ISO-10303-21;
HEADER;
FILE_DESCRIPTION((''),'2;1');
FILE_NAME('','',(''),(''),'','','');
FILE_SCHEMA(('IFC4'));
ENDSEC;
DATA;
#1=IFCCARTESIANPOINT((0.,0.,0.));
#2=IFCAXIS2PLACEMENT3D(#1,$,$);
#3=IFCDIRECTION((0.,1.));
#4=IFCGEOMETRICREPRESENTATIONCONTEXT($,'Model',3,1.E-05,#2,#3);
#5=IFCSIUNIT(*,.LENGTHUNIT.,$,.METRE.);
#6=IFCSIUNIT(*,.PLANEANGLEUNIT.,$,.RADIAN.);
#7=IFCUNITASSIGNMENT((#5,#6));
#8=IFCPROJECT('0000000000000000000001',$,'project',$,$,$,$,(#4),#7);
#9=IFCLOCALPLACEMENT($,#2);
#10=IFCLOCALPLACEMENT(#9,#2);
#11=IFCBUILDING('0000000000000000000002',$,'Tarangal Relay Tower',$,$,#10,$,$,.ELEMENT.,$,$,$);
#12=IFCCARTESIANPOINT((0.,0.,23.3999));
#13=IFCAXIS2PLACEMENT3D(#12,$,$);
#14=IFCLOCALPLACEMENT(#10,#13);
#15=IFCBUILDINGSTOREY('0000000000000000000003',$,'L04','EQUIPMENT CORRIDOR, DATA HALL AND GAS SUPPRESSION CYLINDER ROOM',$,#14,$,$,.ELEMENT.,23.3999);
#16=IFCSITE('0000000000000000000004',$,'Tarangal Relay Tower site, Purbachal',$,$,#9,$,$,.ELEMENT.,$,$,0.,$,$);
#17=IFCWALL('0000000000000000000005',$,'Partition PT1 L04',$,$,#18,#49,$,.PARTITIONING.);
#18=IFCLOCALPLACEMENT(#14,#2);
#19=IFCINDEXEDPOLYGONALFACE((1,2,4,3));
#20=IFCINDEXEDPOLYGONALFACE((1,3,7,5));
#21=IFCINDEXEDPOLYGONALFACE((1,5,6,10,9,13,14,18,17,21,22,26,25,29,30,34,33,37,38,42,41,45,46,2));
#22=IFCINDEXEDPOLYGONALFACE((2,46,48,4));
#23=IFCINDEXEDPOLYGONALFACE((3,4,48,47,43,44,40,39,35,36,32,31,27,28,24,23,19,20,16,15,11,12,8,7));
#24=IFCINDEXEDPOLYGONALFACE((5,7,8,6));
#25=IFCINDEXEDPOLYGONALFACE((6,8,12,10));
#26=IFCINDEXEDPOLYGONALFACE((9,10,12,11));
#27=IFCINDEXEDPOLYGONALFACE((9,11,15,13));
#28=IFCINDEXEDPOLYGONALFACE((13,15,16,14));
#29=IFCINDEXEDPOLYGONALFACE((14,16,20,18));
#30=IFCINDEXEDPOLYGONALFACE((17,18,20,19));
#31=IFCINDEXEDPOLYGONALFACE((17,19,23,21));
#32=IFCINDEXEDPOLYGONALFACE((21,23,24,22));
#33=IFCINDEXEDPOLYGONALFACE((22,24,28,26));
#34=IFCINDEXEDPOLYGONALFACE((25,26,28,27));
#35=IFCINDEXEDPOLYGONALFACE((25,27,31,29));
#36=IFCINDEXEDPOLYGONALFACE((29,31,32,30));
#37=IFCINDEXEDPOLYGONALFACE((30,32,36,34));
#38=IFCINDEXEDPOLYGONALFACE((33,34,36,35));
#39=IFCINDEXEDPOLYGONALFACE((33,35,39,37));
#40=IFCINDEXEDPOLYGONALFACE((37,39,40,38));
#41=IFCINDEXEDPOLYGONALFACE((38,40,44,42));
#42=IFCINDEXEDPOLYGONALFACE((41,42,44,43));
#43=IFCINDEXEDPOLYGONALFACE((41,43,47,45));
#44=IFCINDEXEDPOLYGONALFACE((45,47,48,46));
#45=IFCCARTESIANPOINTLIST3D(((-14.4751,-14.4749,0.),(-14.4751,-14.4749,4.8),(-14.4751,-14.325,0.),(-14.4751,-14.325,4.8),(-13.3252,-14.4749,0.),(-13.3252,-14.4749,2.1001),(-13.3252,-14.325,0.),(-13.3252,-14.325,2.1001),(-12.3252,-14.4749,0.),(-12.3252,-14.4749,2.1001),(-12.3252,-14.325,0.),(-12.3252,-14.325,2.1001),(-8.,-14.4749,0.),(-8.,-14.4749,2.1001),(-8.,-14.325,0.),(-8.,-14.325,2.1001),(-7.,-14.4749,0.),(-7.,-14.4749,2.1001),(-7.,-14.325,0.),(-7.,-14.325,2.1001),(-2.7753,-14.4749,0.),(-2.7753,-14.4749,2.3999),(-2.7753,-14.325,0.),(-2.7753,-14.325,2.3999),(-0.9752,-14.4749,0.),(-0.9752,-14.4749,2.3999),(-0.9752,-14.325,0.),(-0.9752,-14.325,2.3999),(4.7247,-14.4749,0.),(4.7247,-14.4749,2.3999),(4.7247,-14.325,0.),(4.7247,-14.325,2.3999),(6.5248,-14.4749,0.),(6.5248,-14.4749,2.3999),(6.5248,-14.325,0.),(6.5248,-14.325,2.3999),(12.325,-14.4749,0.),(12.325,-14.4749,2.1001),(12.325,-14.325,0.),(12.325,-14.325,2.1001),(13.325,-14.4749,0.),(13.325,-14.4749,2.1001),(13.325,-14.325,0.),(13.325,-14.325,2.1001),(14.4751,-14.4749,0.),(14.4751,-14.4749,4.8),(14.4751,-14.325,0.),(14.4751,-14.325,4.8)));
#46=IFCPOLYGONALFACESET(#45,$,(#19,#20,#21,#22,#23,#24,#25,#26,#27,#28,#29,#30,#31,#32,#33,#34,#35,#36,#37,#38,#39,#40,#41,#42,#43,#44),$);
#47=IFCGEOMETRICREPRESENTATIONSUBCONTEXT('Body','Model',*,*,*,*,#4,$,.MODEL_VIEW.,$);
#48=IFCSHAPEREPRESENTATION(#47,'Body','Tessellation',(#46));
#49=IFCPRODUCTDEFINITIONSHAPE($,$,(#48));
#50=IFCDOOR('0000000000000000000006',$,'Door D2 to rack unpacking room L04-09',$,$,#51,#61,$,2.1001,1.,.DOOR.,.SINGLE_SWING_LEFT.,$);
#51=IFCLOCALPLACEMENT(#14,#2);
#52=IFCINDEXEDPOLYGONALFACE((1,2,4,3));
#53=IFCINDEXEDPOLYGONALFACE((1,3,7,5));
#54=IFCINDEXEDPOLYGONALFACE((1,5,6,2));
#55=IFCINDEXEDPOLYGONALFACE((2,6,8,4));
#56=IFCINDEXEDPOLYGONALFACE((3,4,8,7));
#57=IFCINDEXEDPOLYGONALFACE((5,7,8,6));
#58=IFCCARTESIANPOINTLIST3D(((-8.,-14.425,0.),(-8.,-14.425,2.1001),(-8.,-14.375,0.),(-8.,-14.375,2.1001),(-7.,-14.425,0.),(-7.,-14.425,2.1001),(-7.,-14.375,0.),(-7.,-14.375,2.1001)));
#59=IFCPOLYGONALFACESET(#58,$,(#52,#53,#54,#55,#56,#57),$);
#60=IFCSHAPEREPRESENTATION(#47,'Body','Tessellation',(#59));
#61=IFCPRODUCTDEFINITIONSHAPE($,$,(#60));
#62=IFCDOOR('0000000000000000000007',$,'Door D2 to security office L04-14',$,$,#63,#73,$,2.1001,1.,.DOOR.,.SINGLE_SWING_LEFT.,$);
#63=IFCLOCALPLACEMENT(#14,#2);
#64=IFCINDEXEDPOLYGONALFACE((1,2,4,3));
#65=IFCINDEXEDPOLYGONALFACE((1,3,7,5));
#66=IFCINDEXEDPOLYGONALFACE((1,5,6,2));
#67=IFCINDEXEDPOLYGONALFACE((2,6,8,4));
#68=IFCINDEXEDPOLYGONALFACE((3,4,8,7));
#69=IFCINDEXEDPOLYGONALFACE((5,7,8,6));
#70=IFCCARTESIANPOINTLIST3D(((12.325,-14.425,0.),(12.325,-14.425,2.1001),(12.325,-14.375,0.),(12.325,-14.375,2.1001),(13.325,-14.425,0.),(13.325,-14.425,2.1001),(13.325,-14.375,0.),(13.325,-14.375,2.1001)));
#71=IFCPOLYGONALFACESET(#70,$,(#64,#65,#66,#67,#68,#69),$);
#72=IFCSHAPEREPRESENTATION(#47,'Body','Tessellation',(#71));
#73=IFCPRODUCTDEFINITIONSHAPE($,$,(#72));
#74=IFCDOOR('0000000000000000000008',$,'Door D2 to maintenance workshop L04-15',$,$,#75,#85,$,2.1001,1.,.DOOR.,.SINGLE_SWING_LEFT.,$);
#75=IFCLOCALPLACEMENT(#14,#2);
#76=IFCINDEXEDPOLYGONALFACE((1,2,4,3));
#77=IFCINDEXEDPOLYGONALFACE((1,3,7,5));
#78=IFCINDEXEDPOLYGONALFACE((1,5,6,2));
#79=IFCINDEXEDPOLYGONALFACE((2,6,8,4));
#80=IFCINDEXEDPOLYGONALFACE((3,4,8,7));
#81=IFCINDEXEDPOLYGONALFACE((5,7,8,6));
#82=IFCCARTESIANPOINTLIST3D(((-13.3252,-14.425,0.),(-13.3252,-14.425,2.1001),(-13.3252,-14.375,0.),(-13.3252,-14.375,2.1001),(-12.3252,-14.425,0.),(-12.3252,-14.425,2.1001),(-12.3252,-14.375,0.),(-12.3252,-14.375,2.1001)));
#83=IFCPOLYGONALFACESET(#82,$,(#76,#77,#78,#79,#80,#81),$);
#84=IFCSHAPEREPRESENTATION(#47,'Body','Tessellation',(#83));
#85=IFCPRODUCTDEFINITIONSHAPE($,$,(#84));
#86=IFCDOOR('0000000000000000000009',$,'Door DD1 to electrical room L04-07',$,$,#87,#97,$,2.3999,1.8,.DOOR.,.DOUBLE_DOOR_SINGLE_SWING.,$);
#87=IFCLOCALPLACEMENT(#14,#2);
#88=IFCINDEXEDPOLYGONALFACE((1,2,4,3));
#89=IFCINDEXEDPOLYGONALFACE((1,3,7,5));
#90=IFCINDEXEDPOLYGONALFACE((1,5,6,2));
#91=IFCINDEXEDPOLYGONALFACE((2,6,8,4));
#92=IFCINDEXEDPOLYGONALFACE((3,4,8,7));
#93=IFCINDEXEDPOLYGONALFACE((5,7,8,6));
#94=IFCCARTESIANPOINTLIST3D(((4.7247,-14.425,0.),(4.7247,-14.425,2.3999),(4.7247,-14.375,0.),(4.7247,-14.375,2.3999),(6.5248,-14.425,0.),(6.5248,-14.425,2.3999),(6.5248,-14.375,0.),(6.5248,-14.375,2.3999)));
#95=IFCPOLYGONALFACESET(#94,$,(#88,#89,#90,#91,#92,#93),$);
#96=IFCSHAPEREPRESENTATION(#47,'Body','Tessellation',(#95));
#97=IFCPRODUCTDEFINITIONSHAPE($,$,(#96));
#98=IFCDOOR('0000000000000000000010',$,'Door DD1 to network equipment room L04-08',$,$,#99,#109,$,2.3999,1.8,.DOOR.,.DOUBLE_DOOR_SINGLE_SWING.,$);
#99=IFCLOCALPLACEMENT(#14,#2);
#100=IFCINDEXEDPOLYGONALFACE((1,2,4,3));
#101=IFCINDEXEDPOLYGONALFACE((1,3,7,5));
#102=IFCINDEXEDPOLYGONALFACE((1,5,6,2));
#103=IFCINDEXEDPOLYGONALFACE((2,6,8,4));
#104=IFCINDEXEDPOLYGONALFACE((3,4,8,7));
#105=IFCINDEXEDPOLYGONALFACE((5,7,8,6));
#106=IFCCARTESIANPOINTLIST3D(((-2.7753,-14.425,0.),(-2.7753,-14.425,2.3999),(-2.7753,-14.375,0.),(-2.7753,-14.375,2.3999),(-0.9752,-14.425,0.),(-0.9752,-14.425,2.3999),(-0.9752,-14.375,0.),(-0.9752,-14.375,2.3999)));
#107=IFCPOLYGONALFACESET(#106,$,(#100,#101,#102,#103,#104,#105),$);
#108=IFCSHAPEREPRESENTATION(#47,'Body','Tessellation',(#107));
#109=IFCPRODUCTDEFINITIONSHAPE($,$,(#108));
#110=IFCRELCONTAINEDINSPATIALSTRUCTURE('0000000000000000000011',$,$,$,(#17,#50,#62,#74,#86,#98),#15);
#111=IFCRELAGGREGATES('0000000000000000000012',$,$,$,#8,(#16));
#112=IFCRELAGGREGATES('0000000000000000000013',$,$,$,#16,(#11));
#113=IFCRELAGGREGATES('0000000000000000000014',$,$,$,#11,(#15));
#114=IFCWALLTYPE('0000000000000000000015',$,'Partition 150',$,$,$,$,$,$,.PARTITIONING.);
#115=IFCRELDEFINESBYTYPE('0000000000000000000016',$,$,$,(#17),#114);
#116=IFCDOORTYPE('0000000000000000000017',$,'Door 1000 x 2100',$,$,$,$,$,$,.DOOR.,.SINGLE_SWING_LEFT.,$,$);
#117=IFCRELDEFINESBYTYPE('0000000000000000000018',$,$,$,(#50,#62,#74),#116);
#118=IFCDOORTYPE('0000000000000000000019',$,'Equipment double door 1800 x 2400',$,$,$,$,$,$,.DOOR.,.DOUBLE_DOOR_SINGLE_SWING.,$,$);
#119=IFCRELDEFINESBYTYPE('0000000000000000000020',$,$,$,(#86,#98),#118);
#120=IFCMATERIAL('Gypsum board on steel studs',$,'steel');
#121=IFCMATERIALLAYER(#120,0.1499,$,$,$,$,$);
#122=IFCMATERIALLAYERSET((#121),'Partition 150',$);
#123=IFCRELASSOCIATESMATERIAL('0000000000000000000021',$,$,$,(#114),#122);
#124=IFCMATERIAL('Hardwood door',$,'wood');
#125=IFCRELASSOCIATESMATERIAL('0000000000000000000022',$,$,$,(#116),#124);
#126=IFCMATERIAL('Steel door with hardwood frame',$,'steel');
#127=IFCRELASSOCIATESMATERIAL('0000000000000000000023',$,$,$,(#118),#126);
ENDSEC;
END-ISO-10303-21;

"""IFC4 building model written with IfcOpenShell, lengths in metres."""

from ifc_helpers import new_model, si_unit, direction, frame, frame_2d, origin, place, context, subcontext, project, spatial, rectangle, extrude, material, layer, layer_set, type_object, element, fill, save


model = new_model("IFC4")

# Units and contexts
model_context = context("Model", 3, precision=1e-05, world=origin(), true_north=direction((0.0, 1.0)))
body_context = subcontext(model_context, "Body", "Model", "MODEL_VIEW")
ifc_project = project(units=[si_unit("LENGTHUNIT", "METRE"), si_unit("PLANEANGLEUNIT", "RADIAN")], contexts=[model_context])

# Site, building, storey
site_placement = place(None, origin())
site = spatial("IfcSite", under=ifc_project, at=site_placement, Name="Tarangal Relay Tower site, Purbachal", CompositionType="ELEMENT", RefElevation=0.0)
building_placement = place(site_placement, origin())
building = spatial("IfcBuilding", under=site, at=building_placement, Name="Tarangal Relay Tower", CompositionType="ELEMENT")
storey_placement = place(building_placement, frame((0.0, 0.0, 23.3999)))
storey = spatial("IfcBuildingStorey", under=building, at=storey_placement, Name="L04", Description="EQUIPMENT CORRIDOR, DATA HALL AND GAS SUPPRESSION CYLINDER ROOM", CompositionType="ELEMENT", Elevation=23.3999)

# Shared definitions
ifc_material_1 = material(Name="Steel door with hardwood frame", Category="steel")

# Wall, openings, doors
ifc_material_2 = material(Name="Gypsum board on steel studs", Category="steel")
ifc_layer_1 = layer(ifc_material_2, 0.1499)
ifc_layer_set_1 = layer_set([ifc_layer_1], Name="Partition 150")
wall_type_1 = type_object("IfcWallType", Name="Partition 150", PredefinedType="PARTITIONING", material=ifc_layer_set_1)
wall_1_placement = place(storey_placement, frame((-14.4751, -14.3999, 0.0), z_axis=(0.0, 0.0, 1.0), x_axis=(1.0, 0.0, 0.0)))
wall_1 = element("IfcWall", 1, at=wall_1_placement, inside=storey, type_object=wall_type_1, Name="Partition PT1 L04", PredefinedType="PARTITIONING", context=body_context, shape_type="SweptSolid", body=[
    extrude(rectangle(XDim=28.9502, YDim=0.1499, at=frame_2d((14.4751, 0.0))), origin(), (0.0, 0.0, 1.0), 4.8),
])
opening_1_placement = place(wall_1_placement, frame((19.2, 0.0, 0.0)))
opening_1 = element("IfcOpeningElement", 2, at=opening_1_placement, cuts=wall_1, PredefinedType="OPENING", context=body_context, shape_type="SweptSolid", body=[
    extrude(rectangle(XDim=1.8, YDim=2.3999, at=frame_2d((0.8999, 1.2))), frame((0.0, 0.085, 0.0), z_axis=(0.0, -1.0, 0.0), x_axis=(1.0, 0.0, 0.0)), (0.0, 0.0, 1.0), 0.1699),
])
opening_2_placement = place(wall_1_placement, frame((11.7, 0.0, 0.0)))
opening_2 = element("IfcOpeningElement", 3, at=opening_2_placement, cuts=wall_1, PredefinedType="OPENING", context=body_context, shape_type="SweptSolid", body=[
    extrude(rectangle(XDim=1.8, YDim=2.3999, at=frame_2d((0.8999, 1.2))), frame((0.0, 0.085, 0.0), z_axis=(0.0, -1.0, 0.0), x_axis=(1.0, 0.0, 0.0)), (0.0, 0.0, 1.0), 0.1699),
])
opening_3_placement = place(wall_1_placement, frame((6.4751, 0.0, 0.0)))
opening_3 = element("IfcOpeningElement", 4, at=opening_3_placement, cuts=wall_1, PredefinedType="OPENING", context=body_context, shape_type="SweptSolid", body=[
    extrude(rectangle(XDim=1.0, YDim=2.1001, at=frame_2d((0.5, 1.05))), frame((0.0, 0.085, 0.0), z_axis=(0.0, -1.0, 0.0), x_axis=(1.0, 0.0, 0.0)), (0.0, 0.0, 1.0), 0.1699),
])
opening_4_placement = place(wall_1_placement, frame((26.8, 0.0, 0.0)))
opening_4 = element("IfcOpeningElement", 5, at=opening_4_placement, cuts=wall_1, PredefinedType="OPENING", context=body_context, shape_type="SweptSolid", body=[
    extrude(rectangle(XDim=1.0, YDim=2.1001, at=frame_2d((0.5, 1.05))), frame((0.0, 0.085, 0.0), z_axis=(0.0, -1.0, 0.0), x_axis=(1.0, 0.0, 0.0)), (0.0, 0.0, 1.0), 0.1699),
])
opening_5_placement = place(wall_1_placement, frame((1.1499, 0.0, 0.0)))
opening_5 = element("IfcOpeningElement", 6, at=opening_5_placement, cuts=wall_1, PredefinedType="OPENING", context=body_context, shape_type="SweptSolid", body=[
    extrude(rectangle(XDim=1.0, YDim=2.1001, at=frame_2d((0.5, 1.05))), frame((0.0, 0.085, 0.0), z_axis=(0.0, -1.0, 0.0), x_axis=(1.0, 0.0, 0.0)), (0.0, 0.0, 1.0), 0.1699),
])
ifc_material_3 = material(Name="Hardwood door", Category="wood")
door_type_1 = type_object("IfcDoorType", Name="Door 1000 x 2100", OperationType="SINGLE_SWING_LEFT", PredefinedType="DOOR", material=ifc_material_3)
door_1_placement = place(opening_3_placement, origin())
door_1 = element("IfcDoor", 7, at=door_1_placement, inside=storey, type_object=door_type_1, Name="Door D2 to rack unpacking room L04-09", OperationType="SINGLE_SWING_LEFT", OverallHeight=2.1001, OverallWidth=1.0, PredefinedType="DOOR", context=body_context, shape_type="SweptSolid", body=[
    extrude(rectangle(XDim=1.0, YDim=2.1001, at=frame_2d((0.5, 1.05))), frame((0.0, 0.0249, 0.0), z_axis=(0.0, -1.0, 0.0), x_axis=(1.0, 0.0, 0.0)), (0.0, 0.0, 1.0), 0.05),
])
fill(opening_3, door_1)
door_2_placement = place(opening_4_placement, origin())
door_2 = element("IfcDoor", 8, at=door_2_placement, inside=storey, type_object=door_type_1, Name="Door D2 to security office L04-14", OperationType="SINGLE_SWING_LEFT", OverallHeight=2.1001, OverallWidth=1.0, PredefinedType="DOOR", context=body_context, shape_type="SweptSolid", body=[
    extrude(rectangle(XDim=1.0, YDim=2.1001, at=frame_2d((0.5, 1.05))), frame((0.0, 0.0249, 0.0), z_axis=(0.0, -1.0, 0.0), x_axis=(1.0, 0.0, 0.0)), (0.0, 0.0, 1.0), 0.05),
])
fill(opening_4, door_2)
door_3_placement = place(opening_5_placement, origin())
door_3 = element("IfcDoor", 9, at=door_3_placement, inside=storey, type_object=door_type_1, Name="Door D2 to maintenance workshop L04-15", OperationType="SINGLE_SWING_LEFT", OverallHeight=2.1001, OverallWidth=1.0, PredefinedType="DOOR", context=body_context, shape_type="SweptSolid", body=[
    extrude(rectangle(XDim=1.0, YDim=2.1001, at=frame_2d((0.5, 1.05))), frame((0.0, 0.0249, 0.0), z_axis=(0.0, -1.0, 0.0), x_axis=(1.0, 0.0, 0.0)), (0.0, 0.0, 1.0), 0.05),
])
fill(opening_5, door_3)
door_type_2 = type_object("IfcDoorType", Name="Equipment double door 1800 x 2400", OperationType="DOUBLE_DOOR_SINGLE_SWING", PredefinedType="DOOR", material=ifc_material_1)
door_4_placement = place(opening_1_placement, origin())
door_4 = element("IfcDoor", 10, at=door_4_placement, inside=storey, type_object=door_type_2, Name="Door DD1 to electrical room L04-07", OperationType="DOUBLE_DOOR_SINGLE_SWING", OverallHeight=2.3999, OverallWidth=1.8, PredefinedType="DOOR", context=body_context, shape_type="SweptSolid", body=[
    extrude(rectangle(XDim=1.8, YDim=2.3999, at=frame_2d((0.8999, 1.2))), frame((0.0, 0.0249, 0.0), z_axis=(0.0, -1.0, 0.0), x_axis=(1.0, 0.0, 0.0)), (0.0, 0.0, 1.0), 0.05),
])
fill(opening_1, door_4)
door_5_placement = place(opening_2_placement, origin())
door_5 = element("IfcDoor", 11, at=door_5_placement, inside=storey, type_object=door_type_2, Name="Door DD1 to network equipment room L04-08", OperationType="DOUBLE_DOOR_SINGLE_SWING", OverallHeight=2.3999, OverallWidth=1.8, PredefinedType="DOOR", context=body_context, shape_type="SweptSolid", body=[
    extrude(rectangle(XDim=1.8, YDim=2.3999, at=frame_2d((0.8999, 1.2))), frame((0.0, 0.0249, 0.0), z_axis=(0.0, -1.0, 0.0), x_axis=(1.0, 0.0, 0.0)), (0.0, 0.0, 1.0), 0.05),
])
fill(opening_2, door_5)

save(model, "model.ifc")
